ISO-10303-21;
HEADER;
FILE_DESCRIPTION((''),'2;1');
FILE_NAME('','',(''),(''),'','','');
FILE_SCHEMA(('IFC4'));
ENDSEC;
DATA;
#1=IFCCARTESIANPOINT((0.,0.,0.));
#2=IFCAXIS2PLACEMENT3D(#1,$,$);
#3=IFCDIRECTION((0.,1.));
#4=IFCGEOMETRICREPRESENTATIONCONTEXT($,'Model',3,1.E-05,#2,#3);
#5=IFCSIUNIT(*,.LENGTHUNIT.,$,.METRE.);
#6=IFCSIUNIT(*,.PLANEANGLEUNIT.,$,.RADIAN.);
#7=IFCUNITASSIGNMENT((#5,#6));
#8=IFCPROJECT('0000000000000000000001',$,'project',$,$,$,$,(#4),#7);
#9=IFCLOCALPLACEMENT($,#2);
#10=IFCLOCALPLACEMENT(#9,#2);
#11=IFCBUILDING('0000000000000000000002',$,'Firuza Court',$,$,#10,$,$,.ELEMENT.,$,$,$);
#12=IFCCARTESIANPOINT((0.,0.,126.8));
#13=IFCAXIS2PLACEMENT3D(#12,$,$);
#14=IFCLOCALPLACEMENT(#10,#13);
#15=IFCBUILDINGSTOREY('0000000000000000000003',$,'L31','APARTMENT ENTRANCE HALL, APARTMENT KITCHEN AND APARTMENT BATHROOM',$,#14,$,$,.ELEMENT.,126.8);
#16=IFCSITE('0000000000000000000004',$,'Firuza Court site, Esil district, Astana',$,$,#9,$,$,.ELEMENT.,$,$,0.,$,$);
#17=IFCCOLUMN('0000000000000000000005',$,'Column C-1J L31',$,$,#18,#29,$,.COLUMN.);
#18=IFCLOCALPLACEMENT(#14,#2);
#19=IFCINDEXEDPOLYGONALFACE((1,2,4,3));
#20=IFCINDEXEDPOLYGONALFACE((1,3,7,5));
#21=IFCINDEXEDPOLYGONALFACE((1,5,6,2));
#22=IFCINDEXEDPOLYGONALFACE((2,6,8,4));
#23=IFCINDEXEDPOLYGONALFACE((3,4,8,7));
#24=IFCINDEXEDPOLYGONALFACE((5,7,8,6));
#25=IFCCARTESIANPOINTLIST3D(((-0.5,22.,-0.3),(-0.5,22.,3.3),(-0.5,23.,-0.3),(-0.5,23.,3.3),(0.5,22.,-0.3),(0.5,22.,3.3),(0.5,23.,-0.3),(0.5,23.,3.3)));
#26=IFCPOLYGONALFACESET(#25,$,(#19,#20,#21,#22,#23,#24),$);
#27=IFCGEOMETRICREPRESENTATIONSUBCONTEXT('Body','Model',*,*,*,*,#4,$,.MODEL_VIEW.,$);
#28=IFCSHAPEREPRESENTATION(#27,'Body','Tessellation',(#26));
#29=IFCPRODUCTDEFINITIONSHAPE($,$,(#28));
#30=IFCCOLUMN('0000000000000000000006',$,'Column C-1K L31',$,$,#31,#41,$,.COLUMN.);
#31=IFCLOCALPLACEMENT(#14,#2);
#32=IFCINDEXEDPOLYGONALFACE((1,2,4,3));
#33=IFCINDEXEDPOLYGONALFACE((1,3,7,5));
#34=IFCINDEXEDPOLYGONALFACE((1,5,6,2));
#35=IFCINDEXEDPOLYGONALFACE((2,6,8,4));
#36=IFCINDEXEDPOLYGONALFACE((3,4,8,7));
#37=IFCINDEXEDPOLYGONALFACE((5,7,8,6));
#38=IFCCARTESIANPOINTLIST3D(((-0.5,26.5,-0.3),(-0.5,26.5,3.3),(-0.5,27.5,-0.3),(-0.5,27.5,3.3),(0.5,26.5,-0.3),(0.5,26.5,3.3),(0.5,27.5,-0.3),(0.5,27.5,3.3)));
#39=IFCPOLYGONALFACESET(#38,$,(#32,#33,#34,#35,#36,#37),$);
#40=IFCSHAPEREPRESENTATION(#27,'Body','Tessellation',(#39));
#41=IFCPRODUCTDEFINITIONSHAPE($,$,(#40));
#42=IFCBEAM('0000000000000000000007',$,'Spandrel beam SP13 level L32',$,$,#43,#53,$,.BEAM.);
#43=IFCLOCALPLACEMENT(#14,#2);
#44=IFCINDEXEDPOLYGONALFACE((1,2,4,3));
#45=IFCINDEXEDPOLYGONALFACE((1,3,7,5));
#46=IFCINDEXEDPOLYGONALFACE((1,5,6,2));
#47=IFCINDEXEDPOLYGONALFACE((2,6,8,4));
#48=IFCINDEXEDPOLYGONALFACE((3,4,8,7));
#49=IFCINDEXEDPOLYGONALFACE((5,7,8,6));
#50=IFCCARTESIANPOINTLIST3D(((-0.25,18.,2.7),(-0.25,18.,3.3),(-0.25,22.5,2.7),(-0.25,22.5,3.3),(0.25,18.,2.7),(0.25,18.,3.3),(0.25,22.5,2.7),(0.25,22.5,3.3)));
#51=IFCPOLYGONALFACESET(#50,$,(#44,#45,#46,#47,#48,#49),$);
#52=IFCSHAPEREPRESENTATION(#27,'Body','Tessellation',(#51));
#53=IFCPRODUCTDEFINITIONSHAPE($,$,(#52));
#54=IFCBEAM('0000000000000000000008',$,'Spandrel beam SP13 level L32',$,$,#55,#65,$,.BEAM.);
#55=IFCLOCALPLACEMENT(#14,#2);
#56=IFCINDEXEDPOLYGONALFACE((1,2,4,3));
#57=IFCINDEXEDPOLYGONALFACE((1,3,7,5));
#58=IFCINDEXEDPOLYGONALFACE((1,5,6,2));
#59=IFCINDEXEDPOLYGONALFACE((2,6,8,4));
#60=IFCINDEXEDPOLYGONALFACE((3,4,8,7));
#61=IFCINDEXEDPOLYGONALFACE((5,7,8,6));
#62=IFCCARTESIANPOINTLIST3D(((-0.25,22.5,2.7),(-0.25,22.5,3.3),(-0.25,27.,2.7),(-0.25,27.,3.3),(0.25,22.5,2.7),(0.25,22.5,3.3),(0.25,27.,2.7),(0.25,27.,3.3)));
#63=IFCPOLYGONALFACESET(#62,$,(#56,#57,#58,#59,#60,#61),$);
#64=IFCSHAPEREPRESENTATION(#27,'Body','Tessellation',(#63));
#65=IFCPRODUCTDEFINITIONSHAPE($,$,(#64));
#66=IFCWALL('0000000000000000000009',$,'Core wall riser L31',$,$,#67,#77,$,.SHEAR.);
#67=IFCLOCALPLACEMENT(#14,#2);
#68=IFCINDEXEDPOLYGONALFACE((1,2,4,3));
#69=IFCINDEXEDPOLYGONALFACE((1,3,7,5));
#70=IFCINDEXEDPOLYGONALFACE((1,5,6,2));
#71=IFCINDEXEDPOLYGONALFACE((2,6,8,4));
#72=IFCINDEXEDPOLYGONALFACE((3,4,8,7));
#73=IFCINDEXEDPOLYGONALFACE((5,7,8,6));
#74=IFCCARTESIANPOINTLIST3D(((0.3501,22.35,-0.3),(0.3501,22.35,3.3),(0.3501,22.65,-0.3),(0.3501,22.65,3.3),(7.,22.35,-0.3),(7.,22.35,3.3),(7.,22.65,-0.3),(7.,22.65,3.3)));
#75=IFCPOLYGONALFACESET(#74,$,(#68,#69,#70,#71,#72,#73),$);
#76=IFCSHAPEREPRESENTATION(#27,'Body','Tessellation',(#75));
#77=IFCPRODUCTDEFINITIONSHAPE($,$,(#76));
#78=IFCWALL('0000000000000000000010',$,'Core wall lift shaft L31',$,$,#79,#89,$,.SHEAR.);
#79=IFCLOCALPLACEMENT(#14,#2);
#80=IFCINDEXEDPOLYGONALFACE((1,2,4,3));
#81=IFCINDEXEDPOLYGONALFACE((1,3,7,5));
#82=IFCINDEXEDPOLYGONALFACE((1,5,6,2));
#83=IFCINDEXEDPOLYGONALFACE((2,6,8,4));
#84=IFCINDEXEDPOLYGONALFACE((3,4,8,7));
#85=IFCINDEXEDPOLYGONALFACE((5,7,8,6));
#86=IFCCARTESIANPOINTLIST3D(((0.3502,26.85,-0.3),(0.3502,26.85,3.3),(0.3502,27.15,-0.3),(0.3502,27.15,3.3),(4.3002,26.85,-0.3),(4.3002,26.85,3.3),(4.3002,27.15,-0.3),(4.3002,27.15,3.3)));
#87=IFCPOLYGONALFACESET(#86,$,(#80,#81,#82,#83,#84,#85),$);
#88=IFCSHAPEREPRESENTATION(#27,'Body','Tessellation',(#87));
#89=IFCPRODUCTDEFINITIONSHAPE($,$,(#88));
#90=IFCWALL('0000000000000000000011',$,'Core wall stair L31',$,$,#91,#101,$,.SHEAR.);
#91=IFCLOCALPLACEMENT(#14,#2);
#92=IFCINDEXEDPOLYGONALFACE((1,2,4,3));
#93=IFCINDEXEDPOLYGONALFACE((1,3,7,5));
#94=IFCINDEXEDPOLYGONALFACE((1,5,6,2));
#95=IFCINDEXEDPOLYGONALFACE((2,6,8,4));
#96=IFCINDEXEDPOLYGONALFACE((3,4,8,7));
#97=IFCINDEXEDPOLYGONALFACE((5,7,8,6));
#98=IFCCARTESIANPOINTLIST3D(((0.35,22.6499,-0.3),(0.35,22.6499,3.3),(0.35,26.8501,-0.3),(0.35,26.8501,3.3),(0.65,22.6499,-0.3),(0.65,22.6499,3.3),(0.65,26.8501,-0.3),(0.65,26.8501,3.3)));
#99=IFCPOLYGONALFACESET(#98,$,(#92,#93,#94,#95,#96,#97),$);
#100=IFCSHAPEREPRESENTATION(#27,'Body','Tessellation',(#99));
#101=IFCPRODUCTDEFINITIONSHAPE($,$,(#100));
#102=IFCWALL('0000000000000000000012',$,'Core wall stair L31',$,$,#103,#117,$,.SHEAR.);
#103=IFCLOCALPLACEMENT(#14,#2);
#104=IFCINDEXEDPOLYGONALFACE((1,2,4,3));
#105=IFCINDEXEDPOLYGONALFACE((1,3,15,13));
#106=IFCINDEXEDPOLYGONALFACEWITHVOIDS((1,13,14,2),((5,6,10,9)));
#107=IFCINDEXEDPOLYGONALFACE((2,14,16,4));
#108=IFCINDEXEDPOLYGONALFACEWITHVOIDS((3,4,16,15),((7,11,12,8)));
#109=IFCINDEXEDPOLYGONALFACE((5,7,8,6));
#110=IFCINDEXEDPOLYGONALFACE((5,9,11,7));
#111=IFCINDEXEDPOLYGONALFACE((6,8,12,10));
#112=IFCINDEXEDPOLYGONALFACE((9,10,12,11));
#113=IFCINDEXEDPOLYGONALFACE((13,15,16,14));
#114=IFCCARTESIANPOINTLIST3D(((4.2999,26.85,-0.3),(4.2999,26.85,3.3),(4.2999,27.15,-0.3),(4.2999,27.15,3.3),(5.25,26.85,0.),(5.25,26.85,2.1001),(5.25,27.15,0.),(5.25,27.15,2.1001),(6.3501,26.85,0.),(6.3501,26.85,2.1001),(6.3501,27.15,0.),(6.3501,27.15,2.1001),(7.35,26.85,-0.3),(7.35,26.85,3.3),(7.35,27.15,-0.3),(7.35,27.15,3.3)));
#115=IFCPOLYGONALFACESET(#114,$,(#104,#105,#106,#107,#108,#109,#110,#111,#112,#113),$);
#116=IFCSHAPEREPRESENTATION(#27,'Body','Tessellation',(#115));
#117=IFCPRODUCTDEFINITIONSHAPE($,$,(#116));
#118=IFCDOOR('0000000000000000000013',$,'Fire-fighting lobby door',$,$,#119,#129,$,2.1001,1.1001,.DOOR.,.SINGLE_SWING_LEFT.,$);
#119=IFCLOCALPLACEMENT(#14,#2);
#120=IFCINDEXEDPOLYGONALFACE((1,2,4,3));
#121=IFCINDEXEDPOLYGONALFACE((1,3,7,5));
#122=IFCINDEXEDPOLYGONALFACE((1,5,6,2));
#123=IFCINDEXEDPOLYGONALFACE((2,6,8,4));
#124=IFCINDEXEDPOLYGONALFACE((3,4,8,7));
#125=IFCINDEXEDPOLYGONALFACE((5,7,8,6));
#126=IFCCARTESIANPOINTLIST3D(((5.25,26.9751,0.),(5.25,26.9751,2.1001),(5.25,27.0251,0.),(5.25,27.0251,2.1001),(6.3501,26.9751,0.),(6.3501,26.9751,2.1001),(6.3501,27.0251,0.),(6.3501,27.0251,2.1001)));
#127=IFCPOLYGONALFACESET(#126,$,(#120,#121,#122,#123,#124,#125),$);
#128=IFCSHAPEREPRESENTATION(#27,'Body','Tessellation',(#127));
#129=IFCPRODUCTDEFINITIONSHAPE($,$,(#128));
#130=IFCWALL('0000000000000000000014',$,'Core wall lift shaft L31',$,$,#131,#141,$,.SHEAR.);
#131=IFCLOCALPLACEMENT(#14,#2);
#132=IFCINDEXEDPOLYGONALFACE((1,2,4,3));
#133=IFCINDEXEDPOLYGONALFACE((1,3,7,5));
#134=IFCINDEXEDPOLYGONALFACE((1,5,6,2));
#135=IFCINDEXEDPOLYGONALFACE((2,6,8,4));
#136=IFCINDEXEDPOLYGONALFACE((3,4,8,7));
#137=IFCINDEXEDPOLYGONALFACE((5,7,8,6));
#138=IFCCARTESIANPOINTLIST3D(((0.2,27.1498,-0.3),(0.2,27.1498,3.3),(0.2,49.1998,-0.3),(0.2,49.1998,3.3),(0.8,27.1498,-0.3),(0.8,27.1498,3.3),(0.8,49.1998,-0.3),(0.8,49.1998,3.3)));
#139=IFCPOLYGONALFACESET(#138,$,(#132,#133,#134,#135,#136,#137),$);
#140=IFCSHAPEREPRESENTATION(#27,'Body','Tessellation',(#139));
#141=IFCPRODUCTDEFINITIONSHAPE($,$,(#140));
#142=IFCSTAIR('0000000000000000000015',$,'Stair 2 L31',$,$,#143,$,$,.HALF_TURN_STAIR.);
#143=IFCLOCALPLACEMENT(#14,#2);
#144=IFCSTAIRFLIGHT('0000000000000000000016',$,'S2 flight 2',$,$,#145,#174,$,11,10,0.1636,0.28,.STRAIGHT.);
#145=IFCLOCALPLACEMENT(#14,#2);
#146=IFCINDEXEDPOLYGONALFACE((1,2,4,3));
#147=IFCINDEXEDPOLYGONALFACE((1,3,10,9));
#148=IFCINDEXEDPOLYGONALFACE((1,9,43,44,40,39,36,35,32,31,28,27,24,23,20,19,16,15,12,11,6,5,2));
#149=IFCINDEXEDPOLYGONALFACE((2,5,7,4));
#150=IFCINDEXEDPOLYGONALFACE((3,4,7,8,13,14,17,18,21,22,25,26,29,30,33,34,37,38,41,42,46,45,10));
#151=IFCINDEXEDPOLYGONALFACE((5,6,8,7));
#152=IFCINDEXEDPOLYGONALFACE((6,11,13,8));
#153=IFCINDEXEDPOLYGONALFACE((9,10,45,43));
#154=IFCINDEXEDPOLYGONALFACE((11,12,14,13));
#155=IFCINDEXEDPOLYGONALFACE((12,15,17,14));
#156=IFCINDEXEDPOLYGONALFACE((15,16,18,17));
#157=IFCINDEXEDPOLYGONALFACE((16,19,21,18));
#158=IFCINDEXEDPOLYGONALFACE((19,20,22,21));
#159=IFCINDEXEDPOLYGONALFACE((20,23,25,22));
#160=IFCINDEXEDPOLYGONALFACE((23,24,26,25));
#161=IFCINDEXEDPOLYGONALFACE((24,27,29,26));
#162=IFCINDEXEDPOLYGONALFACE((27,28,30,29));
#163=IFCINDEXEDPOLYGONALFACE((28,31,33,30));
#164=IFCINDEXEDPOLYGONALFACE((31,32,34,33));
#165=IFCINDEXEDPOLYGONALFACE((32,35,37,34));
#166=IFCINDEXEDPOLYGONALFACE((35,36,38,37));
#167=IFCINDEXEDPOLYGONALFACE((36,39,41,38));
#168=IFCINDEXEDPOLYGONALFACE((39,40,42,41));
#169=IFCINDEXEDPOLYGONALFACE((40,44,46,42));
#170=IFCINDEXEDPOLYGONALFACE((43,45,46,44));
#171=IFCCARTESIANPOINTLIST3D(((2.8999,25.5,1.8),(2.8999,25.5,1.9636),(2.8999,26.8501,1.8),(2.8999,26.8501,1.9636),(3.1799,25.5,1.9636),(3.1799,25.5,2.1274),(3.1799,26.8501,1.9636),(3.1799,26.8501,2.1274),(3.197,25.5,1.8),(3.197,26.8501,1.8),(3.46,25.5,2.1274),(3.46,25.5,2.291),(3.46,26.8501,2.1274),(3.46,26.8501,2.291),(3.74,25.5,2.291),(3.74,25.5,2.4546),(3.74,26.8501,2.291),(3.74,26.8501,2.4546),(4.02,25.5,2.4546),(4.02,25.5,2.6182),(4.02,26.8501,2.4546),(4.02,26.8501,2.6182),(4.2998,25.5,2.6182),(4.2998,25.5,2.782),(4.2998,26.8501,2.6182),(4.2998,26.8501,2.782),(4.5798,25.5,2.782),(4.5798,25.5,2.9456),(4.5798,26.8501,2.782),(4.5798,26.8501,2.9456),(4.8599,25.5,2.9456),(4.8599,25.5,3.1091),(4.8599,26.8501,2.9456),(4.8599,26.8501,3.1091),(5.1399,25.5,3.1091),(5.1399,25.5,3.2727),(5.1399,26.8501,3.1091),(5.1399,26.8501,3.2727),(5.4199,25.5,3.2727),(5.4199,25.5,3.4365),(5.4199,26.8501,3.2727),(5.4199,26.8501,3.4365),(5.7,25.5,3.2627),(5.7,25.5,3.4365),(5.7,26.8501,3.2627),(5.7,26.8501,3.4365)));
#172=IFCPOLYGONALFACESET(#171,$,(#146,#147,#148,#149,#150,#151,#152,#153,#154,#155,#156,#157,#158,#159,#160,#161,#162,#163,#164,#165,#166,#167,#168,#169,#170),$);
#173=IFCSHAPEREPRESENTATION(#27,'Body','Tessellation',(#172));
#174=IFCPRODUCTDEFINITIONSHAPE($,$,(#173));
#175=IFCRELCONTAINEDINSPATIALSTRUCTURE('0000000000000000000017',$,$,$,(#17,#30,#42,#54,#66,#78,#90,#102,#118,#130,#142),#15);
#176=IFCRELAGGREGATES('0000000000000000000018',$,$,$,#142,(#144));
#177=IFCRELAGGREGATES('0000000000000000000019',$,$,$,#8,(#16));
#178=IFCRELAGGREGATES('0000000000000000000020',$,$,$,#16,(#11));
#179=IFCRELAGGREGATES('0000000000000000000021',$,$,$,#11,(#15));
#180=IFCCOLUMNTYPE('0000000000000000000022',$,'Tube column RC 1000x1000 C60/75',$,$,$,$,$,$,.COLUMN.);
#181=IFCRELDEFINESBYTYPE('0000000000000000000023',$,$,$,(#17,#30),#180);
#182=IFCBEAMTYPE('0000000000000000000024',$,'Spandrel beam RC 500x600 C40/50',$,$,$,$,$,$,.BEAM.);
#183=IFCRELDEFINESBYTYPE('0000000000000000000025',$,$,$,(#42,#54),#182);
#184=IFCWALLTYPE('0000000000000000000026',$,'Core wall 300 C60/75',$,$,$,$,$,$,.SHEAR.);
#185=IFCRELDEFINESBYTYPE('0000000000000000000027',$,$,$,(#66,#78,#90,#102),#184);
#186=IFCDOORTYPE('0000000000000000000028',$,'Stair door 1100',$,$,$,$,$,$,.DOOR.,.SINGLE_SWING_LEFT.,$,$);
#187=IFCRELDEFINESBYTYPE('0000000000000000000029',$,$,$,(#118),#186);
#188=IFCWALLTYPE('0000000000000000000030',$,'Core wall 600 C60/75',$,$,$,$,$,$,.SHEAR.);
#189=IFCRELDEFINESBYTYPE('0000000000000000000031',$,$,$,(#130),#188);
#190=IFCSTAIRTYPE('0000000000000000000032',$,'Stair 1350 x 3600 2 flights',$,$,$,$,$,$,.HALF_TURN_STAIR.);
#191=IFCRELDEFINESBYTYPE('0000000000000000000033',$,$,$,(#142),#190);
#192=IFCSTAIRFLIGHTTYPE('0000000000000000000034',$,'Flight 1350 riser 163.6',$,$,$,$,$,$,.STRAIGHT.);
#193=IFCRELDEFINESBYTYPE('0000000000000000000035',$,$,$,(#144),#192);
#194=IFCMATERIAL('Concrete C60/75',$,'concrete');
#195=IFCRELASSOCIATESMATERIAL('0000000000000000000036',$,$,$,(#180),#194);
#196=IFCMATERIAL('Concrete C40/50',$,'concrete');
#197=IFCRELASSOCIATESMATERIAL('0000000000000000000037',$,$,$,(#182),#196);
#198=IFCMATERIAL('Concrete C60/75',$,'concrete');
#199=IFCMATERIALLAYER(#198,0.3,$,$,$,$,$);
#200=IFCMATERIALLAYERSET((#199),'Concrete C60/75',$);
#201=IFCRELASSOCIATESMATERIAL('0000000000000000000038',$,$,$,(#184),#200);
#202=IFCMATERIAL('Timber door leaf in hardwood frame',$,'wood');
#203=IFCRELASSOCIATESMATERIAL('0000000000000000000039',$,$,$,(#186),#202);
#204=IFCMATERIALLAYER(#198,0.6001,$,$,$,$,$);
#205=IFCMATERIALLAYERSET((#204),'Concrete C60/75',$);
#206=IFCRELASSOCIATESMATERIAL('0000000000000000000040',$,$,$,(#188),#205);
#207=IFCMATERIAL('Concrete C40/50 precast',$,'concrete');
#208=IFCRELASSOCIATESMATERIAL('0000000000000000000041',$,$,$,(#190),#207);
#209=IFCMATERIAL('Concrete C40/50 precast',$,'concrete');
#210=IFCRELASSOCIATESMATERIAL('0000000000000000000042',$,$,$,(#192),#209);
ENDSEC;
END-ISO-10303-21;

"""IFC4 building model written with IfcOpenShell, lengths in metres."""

from ifc_helpers import new_model, si_unit, direction, frame, frame_2d, origin, origin_2d, place, context, subcontext, project, spatial, polyline, rectangle, outline, extrude, material, layer, layer_set, material_profile, profile_set, type_object, element, fill, aggregate, save


model = new_model("IFC4")

# Units and contexts
model_context = context("Model", 3, precision=1e-05, world=origin(), true_north=direction((0.0, 1.0)))
body_context = subcontext(model_context, "Body", "Model", "MODEL_VIEW")
ifc_project = project(units=[si_unit("LENGTHUNIT", "METRE"), si_unit("PLANEANGLEUNIT", "RADIAN")], contexts=[model_context])

# Site, building, storey
site_placement = place(None, origin())
site = spatial("IfcSite", under=ifc_project, at=site_placement, Name="Firuza Court site, Esil district, Astana", CompositionType="ELEMENT", RefElevation=0.0)
building_placement = place(site_placement, origin())
building = spatial("IfcBuilding", under=site, at=building_placement, Name="Firuza Court", CompositionType="ELEMENT")
storey_placement = place(building_placement, frame((0.0, 0.0, 126.8)))
storey = spatial("IfcBuildingStorey", under=building, at=storey_placement, Name="L31", Description="APARTMENT ENTRANCE HALL, APARTMENT KITCHEN AND APARTMENT BATHROOM", CompositionType="ELEMENT", Elevation=126.8)

# Columns
ifc_material_1 = material(Name="Concrete C60/75", Category="concrete")
ifc_material_profile_1 = material_profile(ifc_material_1, rectangle(XDim=1.0, YDim=1.0, at=origin_2d()), Name="RC 1000x1000")
ifc_profile_set_1 = profile_set([ifc_material_profile_1], Name="Concrete C60/75")
column_type = type_object("IfcColumnType", Name="Tube column RC 1000x1000 C60/75", PredefinedType="COLUMN", material=ifc_profile_set_1)
for number, where, z_axis, x_axis, name in (
    (1, (0.0, 22.5, -0.3), (0.0, 0.0, 1.0), (1.0, 0.0, 0.0), "Column C-1J L31"),
    (2, (0.0, 27.0, -0.3), (0.0, 0.0, 1.0), (1.0, 0.0, 0.0), "Column C-1K L31"),
):
    element("IfcColumn", number, at=place(storey_placement, frame(where, z_axis=z_axis, x_axis=x_axis)), inside=storey, type_object=column_type, Name=name, PredefinedType="COLUMN", context=body_context, shape_type="SweptSolid", body=[
        extrude(rectangle(XDim=1.0, YDim=1.0, at=origin_2d()), origin(), (0.0, 0.0, 1.0), 3.6001),
    ])

# Beams
ifc_material_2 = material(Name="Concrete C40/50", Category="concrete")
ifc_material_profile_2 = material_profile(ifc_material_2, rectangle(XDim=0.5, YDim=0.6001, at=origin_2d()), Name="RC 500x600")
ifc_profile_set_2 = profile_set([ifc_material_profile_2], Name="Concrete C40/50")
beam_type = type_object("IfcBeamType", Name="Spandrel beam RC 500x600 C40/50", PredefinedType="BEAM", material=ifc_profile_set_2)
for number, where, z_axis, x_axis, name in (
    (3, (0.0, 22.5, 3.0), (0.0, -1.0, 0.0), (1.0, 0.0, 0.0), "Spandrel beam SP13 level L32"),
    (4, (0.0, 27.0, 3.0), (0.0, -1.0, 0.0), (1.0, 0.0, 0.0), "Spandrel beam SP13 level L32"),
):
    element("IfcBeam", number, at=place(storey_placement, frame(where, z_axis=z_axis, x_axis=x_axis)), inside=storey, type_object=beam_type, Name=name, PredefinedType="BEAM", context=body_context, shape_type="SweptSolid", body=[
        extrude(rectangle(XDim=0.5, YDim=0.6001, at=origin_2d()), origin(), (0.0, 0.0, 1.0), 4.5),
    ])

# Walls
ifc_material_3 = material(Name="Concrete C60/75", Category="concrete")
ifc_layer_1 = layer(ifc_material_3, 0.3)
ifc_layer_set_1 = layer_set([ifc_layer_1], Name="Concrete C60/75")
wall_type_1 = type_object("IfcWallType", Name="Core wall 300 C60/75", PredefinedType="SHEAR", material=ifc_layer_set_1)
wall_1_placement = place(storey_placement, frame((0.3501, 22.5, -0.3), z_axis=(0.0, 0.0, 1.0), x_axis=(1.0, 0.0, 0.0)))
element("IfcWall", 5, at=wall_1_placement, inside=storey, type_object=wall_type_1, Name="Core wall riser L31", PredefinedType="SHEAR", context=body_context, shape_type="SweptSolid", body=[
    extrude(rectangle(XDim=6.6499, YDim=0.3, at=frame_2d((3.325, 0.0))), origin(), (0.0, 0.0, 1.0), 3.6001),
])
wall_2_placement = place(storey_placement, frame((0.3501, 27.0, -0.3), z_axis=(0.0, 0.0, 1.0), x_axis=(1.0, 0.0, 0.0)))
element("IfcWall", 6, at=wall_2_placement, inside=storey, type_object=wall_type_1, Name="Core wall lift shaft L31", PredefinedType="SHEAR", context=body_context, shape_type="SweptSolid", body=[
    extrude(rectangle(XDim=3.95, YDim=0.3, at=frame_2d((1.9751, 0.0))), origin(), (0.0, 0.0, 1.0), 3.6001),
])
wall_3_placement = place(storey_placement, frame((0.5, 22.6499, -0.3), z_axis=(0.0, 0.0, 1.0), x_axis=(0.0, 1.0, 0.0)))
element("IfcWall", 7, at=wall_3_placement, inside=storey, type_object=wall_type_1, Name="Core wall stair L31", PredefinedType="SHEAR", context=body_context, shape_type="SweptSolid", body=[
    extrude(rectangle(XDim=4.2002, YDim=0.3, at=frame_2d((2.1001, 0.0))), origin(), (0.0, 0.0, 1.0), 3.6001),
])

# Wall, opening, door
wall_4_placement = place(storey_placement, frame((4.3, 27.0, -0.3), z_axis=(0.0, 0.0, 1.0), x_axis=(1.0, 0.0, 0.0)))
wall_4 = element("IfcWall", 8, at=wall_4_placement, inside=storey, type_object=wall_type_1, Name="Core wall stair L31", PredefinedType="SHEAR", context=body_context, shape_type="SweptSolid", body=[
    extrude(rectangle(XDim=3.05, YDim=0.3, at=frame_2d((1.5249, 0.0))), origin(), (0.0, 0.0, 1.0), 3.6001),
])
opening_1_placement = place(wall_4_placement, frame((0.95, 0.0, 0.3)))
opening_1 = element("IfcOpeningElement", 9, at=opening_1_placement, cuts=wall_4, PredefinedType="OPENING", context=body_context, shape_type="SweptSolid", body=[
    extrude(rectangle(XDim=1.1001, YDim=2.1001, at=frame_2d((0.55, 1.05))), frame((0.0, 0.1621, 0.0), z_axis=(0.0, -1.0, 0.0), x_axis=(1.0, 0.0, 0.0)), (0.0, 0.0, 1.0), 0.324),
])
ifc_material_4 = material(Name="Timber door leaf in hardwood frame", Category="wood")
door_type_1 = type_object("IfcDoorType", Name="Stair door 1100", OperationType="SINGLE_SWING_LEFT", PredefinedType="DOOR", material=ifc_material_4)
door_1_placement = place(opening_1_placement, frame((1.1001, 0.0, 0.0), z_axis=(0.0, 0.0, 1.0), x_axis=(-1.0, 0.0, 0.0)))
door_1 = element("IfcDoor", 10, at=door_1_placement, inside=storey, type_object=door_type_1, Name="Fire-fighting lobby door", OperationType="SINGLE_SWING_LEFT", OverallHeight=2.1001, OverallWidth=1.1001, PredefinedType="DOOR", context=body_context, shape_type="SweptSolid", body=[
    extrude(rectangle(XDim=1.1001, YDim=2.1001, at=frame_2d((0.55, 1.05))), frame((0.0, 0.0249, 0.0), z_axis=(0.0, -1.0, 0.0), x_axis=(1.0, 0.0, 0.0)), (0.0, 0.0, 1.0), 0.05),
])
fill(opening_1, door_1)

# Wall
ifc_layer_2 = layer(ifc_material_3, 0.6001)
ifc_layer_set_2 = layer_set([ifc_layer_2], Name="Concrete C60/75")
wall_type_2 = type_object("IfcWallType", Name="Core wall 600 C60/75", PredefinedType="SHEAR", material=ifc_layer_set_2)
wall_5_placement = place(storey_placement, frame((0.5, 27.1499, -0.3), z_axis=(0.0, 0.0, 1.0), x_axis=(0.0, 1.0, 0.0)))
element("IfcWall", 11, at=wall_5_placement, inside=storey, type_object=wall_type_2, Name="Core wall lift shaft L31", PredefinedType="SHEAR", context=body_context, shape_type="SweptSolid", body=[
    extrude(rectangle(XDim=22.05, YDim=0.6001, at=frame_2d((11.0249, 0.0))), origin(), (0.0, 0.0, 1.0), 3.6001),
])

# Stair, stair flight
ifc_material_5 = material(Name="Concrete C40/50 precast", Category="concrete")
stair_type = type_object("IfcStairType", Name="Stair 1350 x 3600 2 flights", PredefinedType="HALF_TURN_STAIR", material=ifc_material_5)
stair_placement = place(storey_placement, origin())
stair = element("IfcStair", 12, at=stair_placement, inside=storey, type_object=stair_type, Name="Stair 2 L31", PredefinedType="HALF_TURN_STAIR")
ifc_material_6 = material(Name="Concrete C40/50 precast", Category="concrete")
stair_flight_type = type_object("IfcStairFlightType", Name="Flight 1350 riser 163.6", PredefinedType="STRAIGHT", material=ifc_material_6)
stair_flight_placement = place(storey_placement, frame((2.8999, 26.175, 1.8), z_axis=(0.0, 0.0, 1.0), x_axis=(1.0, 0.0, 0.0)))
stair_flight = element("IfcStairFlight", 13, at=stair_flight_placement, type_object=stair_flight_type, Name="S2 flight 2", NumberOfRisers=11, NumberOfTreads=10, PredefinedType="STRAIGHT", RiserHeight=0.1636, TreadLength=0.28, context=body_context, shape_type="SweptSolid", body=[
    extrude(outline(polyline([(0.0, 0.0), (0.0, 0.1636), (0.28, 0.1636), (0.28, 0.3274), (0.5601, 0.3274), (0.5601, 0.491), (0.8401, 0.491), (0.8401, 0.6545), (1.1201, 0.6545), (1.1201, 0.8181), (1.3999, 0.8181), (1.3999, 0.9819), (1.6799, 0.9819), (1.6799, 1.1455), (1.96, 1.1455), (1.96, 1.3091), (2.24, 1.3091), (2.24, 1.4727), (2.52, 1.4727), (2.52, 1.6365), (2.8, 1.6365), (2.8, 1.8), (2.8, 1.4626), (0.2971, 0.0), (0.0, 0.0)])), frame((0.0, 0.675, 0.0), z_axis=(0.0, -1.0, 0.0), x_axis=(1.0, 0.0, 0.0)), (0.0, 0.0, 1.0), 1.3501),
])
aggregate(stair, [stair_flight])

save(model, "model.ifc")
